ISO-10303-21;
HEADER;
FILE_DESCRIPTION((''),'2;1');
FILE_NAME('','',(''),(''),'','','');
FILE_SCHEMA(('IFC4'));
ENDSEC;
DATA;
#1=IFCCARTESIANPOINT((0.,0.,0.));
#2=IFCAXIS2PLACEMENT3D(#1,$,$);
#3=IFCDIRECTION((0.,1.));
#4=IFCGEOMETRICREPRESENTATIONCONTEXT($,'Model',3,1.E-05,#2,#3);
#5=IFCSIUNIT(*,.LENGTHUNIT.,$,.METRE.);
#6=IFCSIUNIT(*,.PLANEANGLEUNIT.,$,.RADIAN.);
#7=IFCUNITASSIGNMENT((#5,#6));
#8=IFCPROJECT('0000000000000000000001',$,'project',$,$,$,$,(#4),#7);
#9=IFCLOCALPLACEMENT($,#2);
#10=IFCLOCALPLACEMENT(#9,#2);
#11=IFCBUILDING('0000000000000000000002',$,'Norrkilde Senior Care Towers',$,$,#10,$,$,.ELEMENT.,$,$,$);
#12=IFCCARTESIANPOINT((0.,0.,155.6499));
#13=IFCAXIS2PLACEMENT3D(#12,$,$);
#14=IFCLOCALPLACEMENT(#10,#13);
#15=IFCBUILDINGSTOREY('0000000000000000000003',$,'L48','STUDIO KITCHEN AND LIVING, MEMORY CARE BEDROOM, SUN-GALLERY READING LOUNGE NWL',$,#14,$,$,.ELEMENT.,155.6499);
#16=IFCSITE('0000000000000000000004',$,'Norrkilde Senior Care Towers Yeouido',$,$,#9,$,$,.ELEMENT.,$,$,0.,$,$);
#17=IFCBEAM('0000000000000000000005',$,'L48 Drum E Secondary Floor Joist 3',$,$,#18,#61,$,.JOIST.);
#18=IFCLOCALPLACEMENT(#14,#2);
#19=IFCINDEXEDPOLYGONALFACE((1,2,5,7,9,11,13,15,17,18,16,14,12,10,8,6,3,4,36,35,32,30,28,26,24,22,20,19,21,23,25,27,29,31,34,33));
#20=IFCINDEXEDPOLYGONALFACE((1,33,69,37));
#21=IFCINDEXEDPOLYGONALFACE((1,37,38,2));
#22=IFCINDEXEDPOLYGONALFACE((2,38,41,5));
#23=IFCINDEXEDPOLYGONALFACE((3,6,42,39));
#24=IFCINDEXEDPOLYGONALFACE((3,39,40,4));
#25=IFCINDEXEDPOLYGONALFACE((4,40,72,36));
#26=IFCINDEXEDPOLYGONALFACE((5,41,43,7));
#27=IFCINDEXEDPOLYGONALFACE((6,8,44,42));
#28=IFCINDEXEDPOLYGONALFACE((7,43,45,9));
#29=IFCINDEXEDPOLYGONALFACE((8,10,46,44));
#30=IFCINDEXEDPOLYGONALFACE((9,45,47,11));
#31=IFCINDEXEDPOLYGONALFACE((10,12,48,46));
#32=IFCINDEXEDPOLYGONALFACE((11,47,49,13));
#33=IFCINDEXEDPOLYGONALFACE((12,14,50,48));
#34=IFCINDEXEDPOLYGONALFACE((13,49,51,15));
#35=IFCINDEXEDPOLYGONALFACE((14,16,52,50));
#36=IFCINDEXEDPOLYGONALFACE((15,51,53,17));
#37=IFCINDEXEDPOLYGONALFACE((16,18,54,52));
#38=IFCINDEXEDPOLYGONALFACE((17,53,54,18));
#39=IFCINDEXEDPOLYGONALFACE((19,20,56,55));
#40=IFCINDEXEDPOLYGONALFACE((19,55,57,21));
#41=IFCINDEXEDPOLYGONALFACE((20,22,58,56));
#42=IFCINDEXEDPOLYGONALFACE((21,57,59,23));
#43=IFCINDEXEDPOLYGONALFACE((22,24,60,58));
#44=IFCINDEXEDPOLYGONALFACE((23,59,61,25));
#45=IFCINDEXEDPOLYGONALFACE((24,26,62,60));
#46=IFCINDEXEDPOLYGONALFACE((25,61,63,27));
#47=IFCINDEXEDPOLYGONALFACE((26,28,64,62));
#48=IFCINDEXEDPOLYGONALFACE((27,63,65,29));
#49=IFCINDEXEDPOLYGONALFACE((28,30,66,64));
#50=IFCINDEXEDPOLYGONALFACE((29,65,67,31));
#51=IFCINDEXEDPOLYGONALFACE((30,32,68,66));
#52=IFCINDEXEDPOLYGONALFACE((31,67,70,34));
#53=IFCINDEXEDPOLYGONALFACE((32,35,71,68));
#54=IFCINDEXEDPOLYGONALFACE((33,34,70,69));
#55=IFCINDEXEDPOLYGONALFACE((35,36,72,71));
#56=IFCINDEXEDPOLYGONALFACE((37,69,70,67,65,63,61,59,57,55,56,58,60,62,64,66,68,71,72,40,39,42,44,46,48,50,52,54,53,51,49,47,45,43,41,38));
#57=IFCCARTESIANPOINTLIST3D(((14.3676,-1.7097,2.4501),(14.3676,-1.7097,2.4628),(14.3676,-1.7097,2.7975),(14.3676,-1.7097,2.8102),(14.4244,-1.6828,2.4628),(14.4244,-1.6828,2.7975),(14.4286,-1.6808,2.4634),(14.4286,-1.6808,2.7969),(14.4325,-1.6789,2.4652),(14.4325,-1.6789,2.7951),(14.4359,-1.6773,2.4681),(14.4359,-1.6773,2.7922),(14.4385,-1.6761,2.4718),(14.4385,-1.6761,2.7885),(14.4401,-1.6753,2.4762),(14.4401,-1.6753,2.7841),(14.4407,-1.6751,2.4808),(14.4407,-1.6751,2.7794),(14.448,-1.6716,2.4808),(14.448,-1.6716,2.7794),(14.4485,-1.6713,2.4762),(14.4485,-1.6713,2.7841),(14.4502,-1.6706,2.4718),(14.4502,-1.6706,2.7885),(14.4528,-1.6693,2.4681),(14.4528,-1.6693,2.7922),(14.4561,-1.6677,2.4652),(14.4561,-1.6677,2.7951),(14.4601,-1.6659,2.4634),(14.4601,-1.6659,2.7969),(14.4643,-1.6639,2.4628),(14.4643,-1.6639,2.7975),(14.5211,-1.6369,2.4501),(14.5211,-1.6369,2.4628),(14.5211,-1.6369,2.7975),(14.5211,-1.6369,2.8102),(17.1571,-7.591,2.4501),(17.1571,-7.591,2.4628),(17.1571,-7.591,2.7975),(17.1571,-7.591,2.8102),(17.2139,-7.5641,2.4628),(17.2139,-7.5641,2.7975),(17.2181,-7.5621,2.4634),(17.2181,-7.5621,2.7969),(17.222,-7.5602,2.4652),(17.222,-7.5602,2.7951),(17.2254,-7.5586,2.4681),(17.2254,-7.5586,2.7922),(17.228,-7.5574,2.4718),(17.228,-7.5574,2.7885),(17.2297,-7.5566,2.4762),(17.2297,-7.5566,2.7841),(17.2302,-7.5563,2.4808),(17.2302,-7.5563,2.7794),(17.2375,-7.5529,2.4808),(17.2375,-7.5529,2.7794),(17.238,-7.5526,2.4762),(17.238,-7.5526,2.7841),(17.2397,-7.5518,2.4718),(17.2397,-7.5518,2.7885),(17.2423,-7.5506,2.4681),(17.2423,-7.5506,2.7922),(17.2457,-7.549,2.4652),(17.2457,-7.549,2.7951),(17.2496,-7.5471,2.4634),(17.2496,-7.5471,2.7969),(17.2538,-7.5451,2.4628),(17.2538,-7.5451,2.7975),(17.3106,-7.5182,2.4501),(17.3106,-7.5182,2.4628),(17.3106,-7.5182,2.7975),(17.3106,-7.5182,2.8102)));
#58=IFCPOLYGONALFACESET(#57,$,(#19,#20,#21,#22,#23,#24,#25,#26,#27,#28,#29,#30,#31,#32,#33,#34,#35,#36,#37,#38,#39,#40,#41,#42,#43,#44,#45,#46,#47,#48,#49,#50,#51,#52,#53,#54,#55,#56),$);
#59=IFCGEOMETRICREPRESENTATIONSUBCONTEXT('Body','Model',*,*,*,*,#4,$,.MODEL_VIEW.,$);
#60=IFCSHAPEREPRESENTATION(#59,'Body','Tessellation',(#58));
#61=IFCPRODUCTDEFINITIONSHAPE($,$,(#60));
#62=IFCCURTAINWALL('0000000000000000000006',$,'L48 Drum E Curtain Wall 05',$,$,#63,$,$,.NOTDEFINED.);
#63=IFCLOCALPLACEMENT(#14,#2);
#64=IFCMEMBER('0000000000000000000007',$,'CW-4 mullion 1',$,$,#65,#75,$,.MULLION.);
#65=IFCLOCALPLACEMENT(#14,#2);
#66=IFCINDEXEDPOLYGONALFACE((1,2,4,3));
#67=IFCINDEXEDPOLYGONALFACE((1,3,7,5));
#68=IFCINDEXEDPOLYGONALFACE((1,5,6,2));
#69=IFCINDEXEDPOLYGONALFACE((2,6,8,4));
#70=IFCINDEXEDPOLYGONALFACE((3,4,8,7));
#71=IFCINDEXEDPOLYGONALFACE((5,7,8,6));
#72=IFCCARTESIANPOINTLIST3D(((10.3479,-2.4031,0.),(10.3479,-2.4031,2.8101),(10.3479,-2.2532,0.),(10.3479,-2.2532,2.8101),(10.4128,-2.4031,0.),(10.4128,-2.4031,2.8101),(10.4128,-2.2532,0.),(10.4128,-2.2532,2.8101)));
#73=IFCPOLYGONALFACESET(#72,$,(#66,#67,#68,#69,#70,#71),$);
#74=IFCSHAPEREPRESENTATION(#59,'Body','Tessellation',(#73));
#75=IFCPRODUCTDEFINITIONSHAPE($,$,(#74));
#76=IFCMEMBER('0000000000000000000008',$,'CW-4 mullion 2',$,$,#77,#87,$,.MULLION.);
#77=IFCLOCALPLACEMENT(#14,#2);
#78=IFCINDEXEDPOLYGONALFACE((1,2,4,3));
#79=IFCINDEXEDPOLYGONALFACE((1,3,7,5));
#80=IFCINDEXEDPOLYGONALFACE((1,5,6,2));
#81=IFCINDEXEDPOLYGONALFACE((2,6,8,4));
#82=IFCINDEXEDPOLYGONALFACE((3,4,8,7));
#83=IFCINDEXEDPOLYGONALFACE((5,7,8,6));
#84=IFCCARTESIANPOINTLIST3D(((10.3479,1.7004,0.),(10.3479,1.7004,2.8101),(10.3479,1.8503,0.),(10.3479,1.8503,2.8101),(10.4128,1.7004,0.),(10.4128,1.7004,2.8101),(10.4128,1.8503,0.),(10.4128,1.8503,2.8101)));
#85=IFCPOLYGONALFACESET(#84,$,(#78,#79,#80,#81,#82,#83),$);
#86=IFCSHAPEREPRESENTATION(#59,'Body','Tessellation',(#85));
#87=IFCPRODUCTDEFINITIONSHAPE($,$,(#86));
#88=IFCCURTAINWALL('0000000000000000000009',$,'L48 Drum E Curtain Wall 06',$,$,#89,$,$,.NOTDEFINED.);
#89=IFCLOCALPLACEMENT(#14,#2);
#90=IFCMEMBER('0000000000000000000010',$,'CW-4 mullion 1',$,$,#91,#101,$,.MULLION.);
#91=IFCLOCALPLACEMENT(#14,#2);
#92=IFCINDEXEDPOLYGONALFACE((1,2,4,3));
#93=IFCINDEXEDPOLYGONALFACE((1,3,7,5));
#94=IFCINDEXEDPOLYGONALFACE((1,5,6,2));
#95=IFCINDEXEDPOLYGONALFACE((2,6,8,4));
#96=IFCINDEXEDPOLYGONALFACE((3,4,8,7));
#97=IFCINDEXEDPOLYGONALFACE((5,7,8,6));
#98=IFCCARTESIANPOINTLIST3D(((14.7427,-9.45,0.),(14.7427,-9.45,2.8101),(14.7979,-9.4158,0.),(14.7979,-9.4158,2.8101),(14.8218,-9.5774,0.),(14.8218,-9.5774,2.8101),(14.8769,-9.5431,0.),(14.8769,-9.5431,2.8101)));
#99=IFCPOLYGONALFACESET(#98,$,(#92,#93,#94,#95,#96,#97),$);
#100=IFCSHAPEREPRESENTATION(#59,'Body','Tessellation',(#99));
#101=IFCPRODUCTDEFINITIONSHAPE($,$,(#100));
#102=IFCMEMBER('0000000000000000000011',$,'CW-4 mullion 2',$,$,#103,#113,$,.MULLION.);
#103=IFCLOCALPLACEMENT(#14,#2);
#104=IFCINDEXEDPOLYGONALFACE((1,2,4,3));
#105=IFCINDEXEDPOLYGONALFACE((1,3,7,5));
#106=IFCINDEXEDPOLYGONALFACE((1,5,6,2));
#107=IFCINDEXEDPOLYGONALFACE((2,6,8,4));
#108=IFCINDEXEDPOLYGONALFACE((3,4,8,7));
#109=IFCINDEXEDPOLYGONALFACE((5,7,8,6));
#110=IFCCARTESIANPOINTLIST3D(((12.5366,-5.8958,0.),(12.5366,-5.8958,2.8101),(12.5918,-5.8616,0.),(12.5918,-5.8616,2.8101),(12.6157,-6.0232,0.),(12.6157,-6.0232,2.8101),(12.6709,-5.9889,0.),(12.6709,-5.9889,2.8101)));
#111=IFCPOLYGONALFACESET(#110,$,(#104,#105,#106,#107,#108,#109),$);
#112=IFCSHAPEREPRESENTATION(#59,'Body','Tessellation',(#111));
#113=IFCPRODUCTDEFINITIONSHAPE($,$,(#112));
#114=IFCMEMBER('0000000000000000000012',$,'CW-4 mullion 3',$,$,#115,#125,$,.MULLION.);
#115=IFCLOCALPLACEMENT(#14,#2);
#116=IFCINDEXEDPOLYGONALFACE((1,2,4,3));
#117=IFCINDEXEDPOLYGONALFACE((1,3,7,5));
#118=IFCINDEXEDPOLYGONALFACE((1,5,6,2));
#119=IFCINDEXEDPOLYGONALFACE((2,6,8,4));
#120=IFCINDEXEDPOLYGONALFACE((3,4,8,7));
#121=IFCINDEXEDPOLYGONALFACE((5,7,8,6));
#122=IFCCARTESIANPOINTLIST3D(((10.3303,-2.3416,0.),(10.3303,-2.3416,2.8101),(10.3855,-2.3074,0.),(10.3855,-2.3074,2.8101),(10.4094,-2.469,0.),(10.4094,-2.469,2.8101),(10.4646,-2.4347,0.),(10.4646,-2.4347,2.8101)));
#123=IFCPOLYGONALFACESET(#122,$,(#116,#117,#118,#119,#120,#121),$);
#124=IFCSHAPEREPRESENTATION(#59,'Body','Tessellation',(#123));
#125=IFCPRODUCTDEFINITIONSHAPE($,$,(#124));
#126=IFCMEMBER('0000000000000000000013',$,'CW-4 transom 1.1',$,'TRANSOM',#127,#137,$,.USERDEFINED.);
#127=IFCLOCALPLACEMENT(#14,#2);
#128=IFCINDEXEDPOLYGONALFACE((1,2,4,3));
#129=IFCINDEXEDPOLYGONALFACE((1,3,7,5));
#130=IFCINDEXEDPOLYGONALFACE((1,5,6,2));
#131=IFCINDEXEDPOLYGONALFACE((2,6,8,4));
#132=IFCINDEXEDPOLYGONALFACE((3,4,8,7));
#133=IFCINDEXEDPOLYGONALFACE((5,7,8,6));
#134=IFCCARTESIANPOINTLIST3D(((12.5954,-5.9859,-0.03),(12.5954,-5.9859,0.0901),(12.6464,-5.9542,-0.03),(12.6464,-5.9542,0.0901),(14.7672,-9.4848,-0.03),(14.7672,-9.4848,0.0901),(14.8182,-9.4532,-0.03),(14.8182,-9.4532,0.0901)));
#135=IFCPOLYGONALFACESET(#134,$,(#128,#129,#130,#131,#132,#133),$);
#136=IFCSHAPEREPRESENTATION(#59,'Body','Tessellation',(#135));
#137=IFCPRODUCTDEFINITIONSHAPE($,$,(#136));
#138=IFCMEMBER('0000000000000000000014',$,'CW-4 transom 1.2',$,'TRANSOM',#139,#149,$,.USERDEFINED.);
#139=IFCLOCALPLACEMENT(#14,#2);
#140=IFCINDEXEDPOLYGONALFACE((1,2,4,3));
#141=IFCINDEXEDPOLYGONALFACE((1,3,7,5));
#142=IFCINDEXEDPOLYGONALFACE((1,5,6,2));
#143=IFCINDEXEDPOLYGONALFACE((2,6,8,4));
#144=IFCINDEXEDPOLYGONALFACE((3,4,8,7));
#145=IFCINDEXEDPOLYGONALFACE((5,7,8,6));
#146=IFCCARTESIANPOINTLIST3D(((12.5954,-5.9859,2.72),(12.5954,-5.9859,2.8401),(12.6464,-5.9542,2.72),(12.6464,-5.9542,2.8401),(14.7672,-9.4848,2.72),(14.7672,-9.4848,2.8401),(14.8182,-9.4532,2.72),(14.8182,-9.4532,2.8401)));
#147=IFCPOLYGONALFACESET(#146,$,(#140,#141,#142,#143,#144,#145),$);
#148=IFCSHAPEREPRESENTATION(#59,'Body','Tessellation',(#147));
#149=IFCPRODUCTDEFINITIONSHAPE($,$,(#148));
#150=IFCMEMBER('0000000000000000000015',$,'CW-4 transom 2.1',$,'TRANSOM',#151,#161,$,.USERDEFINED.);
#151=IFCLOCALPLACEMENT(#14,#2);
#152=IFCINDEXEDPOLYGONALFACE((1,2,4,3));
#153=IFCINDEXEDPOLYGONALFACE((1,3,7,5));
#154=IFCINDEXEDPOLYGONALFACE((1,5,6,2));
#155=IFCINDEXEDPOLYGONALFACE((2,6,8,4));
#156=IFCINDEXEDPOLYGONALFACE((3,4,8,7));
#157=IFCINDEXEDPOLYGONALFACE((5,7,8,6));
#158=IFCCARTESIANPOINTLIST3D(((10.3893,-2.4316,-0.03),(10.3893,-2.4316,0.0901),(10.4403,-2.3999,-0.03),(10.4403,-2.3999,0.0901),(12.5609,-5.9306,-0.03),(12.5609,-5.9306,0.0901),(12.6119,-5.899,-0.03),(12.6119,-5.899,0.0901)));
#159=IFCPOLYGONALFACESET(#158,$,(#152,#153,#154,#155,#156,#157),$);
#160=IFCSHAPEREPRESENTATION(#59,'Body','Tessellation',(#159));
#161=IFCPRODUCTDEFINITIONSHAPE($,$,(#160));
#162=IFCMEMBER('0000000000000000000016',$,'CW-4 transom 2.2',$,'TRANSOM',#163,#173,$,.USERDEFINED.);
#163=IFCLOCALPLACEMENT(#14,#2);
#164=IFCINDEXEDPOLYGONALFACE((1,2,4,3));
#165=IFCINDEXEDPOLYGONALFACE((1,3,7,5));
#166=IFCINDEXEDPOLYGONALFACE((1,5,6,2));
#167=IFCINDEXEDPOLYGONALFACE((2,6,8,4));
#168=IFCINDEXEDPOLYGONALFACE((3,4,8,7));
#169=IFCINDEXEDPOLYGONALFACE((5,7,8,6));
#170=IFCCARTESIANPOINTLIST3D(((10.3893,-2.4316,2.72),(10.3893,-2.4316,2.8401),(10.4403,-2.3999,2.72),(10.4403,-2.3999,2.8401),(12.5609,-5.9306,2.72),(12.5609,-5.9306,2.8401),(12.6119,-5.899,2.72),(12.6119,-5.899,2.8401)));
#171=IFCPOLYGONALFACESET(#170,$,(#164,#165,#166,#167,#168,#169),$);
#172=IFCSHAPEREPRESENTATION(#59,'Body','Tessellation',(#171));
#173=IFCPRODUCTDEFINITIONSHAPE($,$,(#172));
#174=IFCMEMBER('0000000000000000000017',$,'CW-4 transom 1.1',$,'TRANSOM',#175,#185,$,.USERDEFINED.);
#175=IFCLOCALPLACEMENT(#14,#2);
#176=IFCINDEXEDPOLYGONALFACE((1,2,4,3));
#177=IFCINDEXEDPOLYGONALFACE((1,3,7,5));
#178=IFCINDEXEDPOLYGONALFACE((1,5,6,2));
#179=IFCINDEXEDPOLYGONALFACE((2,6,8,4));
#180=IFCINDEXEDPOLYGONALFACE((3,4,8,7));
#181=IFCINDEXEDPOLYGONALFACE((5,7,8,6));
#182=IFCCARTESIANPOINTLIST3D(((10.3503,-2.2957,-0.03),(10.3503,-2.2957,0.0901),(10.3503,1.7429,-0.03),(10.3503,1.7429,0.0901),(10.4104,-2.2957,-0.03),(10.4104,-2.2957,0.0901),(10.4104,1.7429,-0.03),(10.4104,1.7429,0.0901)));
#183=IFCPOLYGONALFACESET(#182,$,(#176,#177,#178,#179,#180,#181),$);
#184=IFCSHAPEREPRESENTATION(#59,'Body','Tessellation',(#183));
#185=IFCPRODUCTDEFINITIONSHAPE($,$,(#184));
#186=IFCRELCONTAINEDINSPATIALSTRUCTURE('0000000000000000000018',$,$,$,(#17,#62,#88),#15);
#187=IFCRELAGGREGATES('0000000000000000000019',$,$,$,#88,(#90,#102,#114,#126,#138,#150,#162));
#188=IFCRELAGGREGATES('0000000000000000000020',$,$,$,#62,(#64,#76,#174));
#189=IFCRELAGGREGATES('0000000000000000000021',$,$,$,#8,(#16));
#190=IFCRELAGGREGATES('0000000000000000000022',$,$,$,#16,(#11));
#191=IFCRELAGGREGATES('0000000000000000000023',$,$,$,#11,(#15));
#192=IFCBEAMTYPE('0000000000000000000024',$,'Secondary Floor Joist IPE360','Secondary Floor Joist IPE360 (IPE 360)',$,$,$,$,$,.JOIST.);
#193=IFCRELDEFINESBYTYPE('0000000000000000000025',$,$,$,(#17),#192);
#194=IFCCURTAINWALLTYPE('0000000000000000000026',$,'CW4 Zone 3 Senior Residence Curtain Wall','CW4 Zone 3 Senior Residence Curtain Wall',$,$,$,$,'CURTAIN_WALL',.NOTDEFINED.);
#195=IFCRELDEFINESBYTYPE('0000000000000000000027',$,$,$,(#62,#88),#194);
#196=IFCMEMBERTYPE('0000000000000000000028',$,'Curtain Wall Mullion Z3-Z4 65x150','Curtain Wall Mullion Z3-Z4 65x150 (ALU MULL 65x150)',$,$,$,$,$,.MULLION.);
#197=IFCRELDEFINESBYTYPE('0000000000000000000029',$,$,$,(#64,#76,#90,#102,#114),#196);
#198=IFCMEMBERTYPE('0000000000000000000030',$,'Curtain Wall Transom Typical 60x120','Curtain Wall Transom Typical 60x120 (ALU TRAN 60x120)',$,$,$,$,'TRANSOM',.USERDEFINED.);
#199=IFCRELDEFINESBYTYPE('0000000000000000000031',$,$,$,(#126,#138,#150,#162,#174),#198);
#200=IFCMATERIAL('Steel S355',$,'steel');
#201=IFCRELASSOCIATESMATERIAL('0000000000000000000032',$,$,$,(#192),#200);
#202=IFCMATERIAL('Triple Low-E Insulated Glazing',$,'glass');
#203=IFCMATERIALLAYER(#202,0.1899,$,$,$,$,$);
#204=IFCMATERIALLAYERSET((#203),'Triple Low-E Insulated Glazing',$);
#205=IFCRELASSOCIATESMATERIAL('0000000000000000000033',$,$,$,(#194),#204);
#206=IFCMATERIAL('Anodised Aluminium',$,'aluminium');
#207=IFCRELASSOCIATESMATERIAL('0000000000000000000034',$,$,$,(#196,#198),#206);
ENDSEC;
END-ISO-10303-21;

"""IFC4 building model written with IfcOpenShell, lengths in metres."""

from ifc_helpers import new_model, si_unit, direction, frame, origin, origin_2d, place, context, subcontext, project, spatial, rectangle, i_section, extrude, source, transform, mapped, material, layer, layer_set, material_profile, profile_set, type_object, type_shapes, element, aggregate, save


model = new_model("IFC4")

# Units and contexts
model_context = context("Model", 3, precision=1e-05, world=origin(), true_north=direction((0.0, 1.0)))
body_context = subcontext(model_context, "Body", "Model", "MODEL_VIEW")
ifc_project = project(units=[si_unit("LENGTHUNIT", "METRE"), si_unit("PLANEANGLEUNIT", "RADIAN")], contexts=[model_context])

# Site, building, storey
site_placement = place(None, origin())
site = spatial("IfcSite", under=ifc_project, at=site_placement, Name="Norrkilde Senior Care Towers Yeouido", CompositionType="ELEMENT", RefElevation=0.0)
building_placement = place(site_placement, origin())
building = spatial("IfcBuilding", under=site, at=building_placement, Name="Norrkilde Senior Care Towers", CompositionType="ELEMENT")
storey_placement = place(building_placement, frame((0.0, 0.0, 155.6499)))
storey = spatial("IfcBuildingStorey", under=building, at=storey_placement, Name="L48", Description="STUDIO KITCHEN AND LIVING, MEMORY CARE BEDROOM, SUN-GALLERY READING LOUNGE NWL", CompositionType="ELEMENT", Elevation=155.6499)

# Beam
ifc_material_1 = material(Name="Steel S355", Category="steel")
ifc_material_profile_1 = material_profile(ifc_material_1, i_section(OverallWidth=0.1699, OverallDepth=0.3601, WebThickness=0.0081, FlangeThickness=0.0127, FilletRadius=0.0181, at=origin_2d()), Name="IPE 360")
ifc_profile_set_1 = profile_set([ifc_material_profile_1], Name="Steel S355")
beam_type_1 = type_object("IfcBeamType", Name="Secondary Floor Joist IPE360", Description="Secondary Floor Joist IPE360 (IPE 360)", PredefinedType="JOIST", material=ifc_profile_set_1)
shared_shape_1 = source(origin(), body_context, "Body", "SweptSolid", [
    extrude(i_section(OverallWidth=0.1699, OverallDepth=0.3601, WebThickness=0.0081, FlangeThickness=0.0127, FilletRadius=0.0181, at=origin_2d()), origin(), (0.0, 0.0, 1.0), 6.5093),
])
type_shapes(beam_type_1, [shared_shape_1])
beam_1_placement = place(storey_placement, frame((14.4443, -1.6733, 2.6301), z_axis=(0.428544, -0.903521, 0.0), x_axis=(0.903521, 0.428544, 0.0)))
element("IfcBeam", 1, at=beam_1_placement, inside=storey, type_object=beam_type_1, Name="L48 Drum E Secondary Floor Joist 3", PredefinedType="JOIST", context=body_context, shape_type="MappedRepresentation", body=[
    mapped(shared_shape_1, transform((0.0, 0.0, 0.0), x_axis=(1.0, 0.0, 0.0), y_axis=(0.0, 1.0, 0.0), z_axis=(0.0, 0.0, 1.0), scale=1.0)),
])

# Curtain walls, members
ifc_material_2 = material(Name="Triple Low-E Insulated Glazing", Category="glass")
ifc_layer_1 = layer(ifc_material_2, 0.1899)
ifc_layer_set_1 = layer_set([ifc_layer_1], Name="Triple Low-E Insulated Glazing")
curtain_wall_type = type_object("IfcCurtainWallType", Name="CW4 Zone 3 Senior Residence Curtain Wall", Description="CW4 Zone 3 Senior Residence Curtain Wall", ElementType="CURTAIN_WALL", PredefinedType="NOTDEFINED", material=ifc_layer_set_1)
curtain_wall_1_placement = place(storey_placement, origin())
curtain_wall_1 = element("IfcCurtainWall", 2, at=curtain_wall_1_placement, inside=storey, type_object=curtain_wall_type, Name="L48 Drum E Curtain Wall 05", PredefinedType="NOTDEFINED")
ifc_material_3 = material(Name="Anodised Aluminium", Category="aluminium")
ifc_material_profile_2 = material_profile(ifc_material_3, rectangle(XDim=0.0649, YDim=0.1499, at=origin_2d()), Name="ALU MULL 65x150")
ifc_profile_set_2 = profile_set([ifc_material_profile_2], Name="Anodised Aluminium")
member_type_1 = type_object("IfcMemberType", Name="Curtain Wall Mullion Z3-Z4 65x150", Description="Curtain Wall Mullion Z3-Z4 65x150 (ALU MULL 65x150)", PredefinedType="MULLION", material=ifc_profile_set_2)
shared_shape_2 = source(origin(), body_context, "Body", "SweptSolid", [
    extrude(rectangle(XDim=0.0649, YDim=0.1499, at=origin_2d()), origin(), (0.0, 0.0, 1.0), 2.8101),
])
type_shapes(member_type_1, [shared_shape_2])
member_1_placement = place(storey_placement, frame((10.3804, -2.3281, 0.0), z_axis=(0.0, 0.0, 1.0), x_axis=(-1.0, 0.0, 0.0)))
member_1 = element("IfcMember", 3, at=member_1_placement, type_object=member_type_1, Name="CW-4 mullion 1", PredefinedType="MULLION", context=body_context, shape_type="MappedRepresentation", body=[
    mapped(shared_shape_2, transform((0.0, 0.0, 0.0), x_axis=(1.0, 0.0, 0.0), y_axis=(0.0, 1.0, 0.0), z_axis=(0.0, 0.0, 1.0), scale=1.0)),
])
member_2_placement = place(storey_placement, frame((10.3804, 1.7754, 0.0), z_axis=(0.0, 0.0, 1.0), x_axis=(-1.0, 0.0, 0.0)))
member_2 = element("IfcMember", 4, at=member_2_placement, type_object=member_type_1, Name="CW-4 mullion 2", PredefinedType="MULLION", context=body_context, shape_type="MappedRepresentation", body=[
    mapped(shared_shape_2, transform((0.0, 0.0, 0.0), x_axis=(1.0, 0.0, 0.0), y_axis=(0.0, 1.0, 0.0), z_axis=(0.0, 0.0, 1.0), scale=1.0)),
])
curtain_wall_2_placement = place(storey_placement, origin())
curtain_wall_2 = element("IfcCurtainWall", 5, at=curtain_wall_2_placement, inside=storey, type_object=curtain_wall_type, Name="L48 Drum E Curtain Wall 06", PredefinedType="NOTDEFINED")
member_3_placement = place(storey_placement, frame((14.8098, -9.4966, 0.0), z_axis=(0.0, 0.0, 1.0), x_axis=(-0.849634, -0.527373, 0.0)))
member_3 = element("IfcMember", 6, at=member_3_placement, type_object=member_type_1, Name="CW-4 mullion 1", PredefinedType="MULLION", context=body_context, shape_type="MappedRepresentation", body=[
    mapped(shared_shape_2, transform((0.0, 0.0, 0.0), x_axis=(1.0, 0.0, 0.0), y_axis=(0.0, 1.0, 0.0), z_axis=(0.0, 0.0, 1.0), scale=1.0)),
])
member_4_placement = place(storey_placement, frame((12.6038, -5.9424, 0.0), z_axis=(0.0, 0.0, 1.0), x_axis=(-0.849634, -0.527373, 0.0)))
member_4 = element("IfcMember", 7, at=member_4_placement, type_object=member_type_1, Name="CW-4 mullion 2", PredefinedType="MULLION", context=body_context, shape_type="MappedRepresentation", body=[
    mapped(shared_shape_2, transform((0.0, 0.0, 0.0), x_axis=(1.0, 0.0, 0.0), y_axis=(0.0, 1.0, 0.0), z_axis=(0.0, 0.0, 1.0), scale=1.0)),
])
member_5_placement = place(storey_placement, frame((10.3975, -2.3882, 0.0), z_axis=(0.0, 0.0, 1.0), x_axis=(-0.849634, -0.527373, 0.0)))
member_5 = element("IfcMember", 8, at=member_5_placement, type_object=member_type_1, Name="CW-4 mullion 3", PredefinedType="MULLION", context=body_context, shape_type="MappedRepresentation", body=[
    mapped(shared_shape_2, transform((0.0, 0.0, 0.0), x_axis=(1.0, 0.0, 0.0), y_axis=(0.0, 1.0, 0.0), z_axis=(0.0, 0.0, 1.0), scale=1.0)),
])
ifc_material_profile_3 = material_profile(ifc_material_3, rectangle(XDim=0.0601, YDim=0.1201, at=origin_2d()), Name="ALU TRAN 60x120")
ifc_profile_set_3 = profile_set([ifc_material_profile_3], Name="Anodised Aluminium")
member_type_2 = type_object("IfcMemberType", Name="Curtain Wall Transom Typical 60x120", Description="Curtain Wall Transom Typical 60x120 (ALU TRAN 60x120)", ElementType="TRANSOM", PredefinedType="USERDEFINED", material=ifc_profile_set_3)
shared_shape_3 = source(origin(), body_context, "Body", "SweptSolid", [
    extrude(rectangle(XDim=0.0601, YDim=0.1201, at=origin_2d()), origin(), (0.0, 0.0, 1.0), 4.1182),
])
member_6_placement = place(storey_placement, frame((14.7927, -9.469, 0.03), z_axis=(-0.527375, 0.849633, 0.0), x_axis=(-0.849633, -0.527375, 0.0)))
member_6 = element("IfcMember", 9, at=member_6_placement, type_object=member_type_2, Name="CW-4 transom 1.1", ObjectType="TRANSOM", PredefinedType="USERDEFINED", context=body_context, shape_type="MappedRepresentation", body=[
    mapped(shared_shape_3, transform((0.0, 0.0, 0.0), x_axis=(1.0, 0.0, 0.0), y_axis=(0.0, 1.0, 0.0), z_axis=(0.0, 0.0, 1.0), scale=1.0)),
])
member_7_placement = place(storey_placement, frame((14.7927, -9.469, 2.78), z_axis=(-0.527375, 0.849633, 0.0), x_axis=(-0.849633, -0.527375, 0.0)))
member_7 = element("IfcMember", 10, at=member_7_placement, type_object=member_type_2, Name="CW-4 transom 1.2", ObjectType="TRANSOM", PredefinedType="USERDEFINED", context=body_context, shape_type="MappedRepresentation", body=[
    mapped(shared_shape_3, transform((0.0, 0.0, 0.0), x_axis=(1.0, 0.0, 0.0), y_axis=(0.0, 1.0, 0.0), z_axis=(0.0, 0.0, 1.0), scale=1.0)),
])
member_8_placement = place(storey_placement, frame((12.5864, -5.9148, 0.03), z_axis=(-0.527332, 0.849659, 0.0), x_axis=(-0.849659, -0.527332, 0.0)))
member_8 = element("IfcMember", 11, at=member_8_placement, type_object=member_type_2, Name="CW-4 transom 2.1", ObjectType="TRANSOM", PredefinedType="USERDEFINED", context=body_context, shape_type="MappedRepresentation", body=[
    mapped(shared_shape_3, transform((0.0, 0.0, 0.0), x_axis=(1.0, 0.0, 0.0), y_axis=(0.0, 1.0, 0.0), z_axis=(0.0, 0.0, 1.0), scale=1.0)),
])
member_9_placement = place(storey_placement, frame((12.5864, -5.9148, 2.78), z_axis=(-0.527332, 0.849659, 0.0), x_axis=(-0.849659, -0.527332, 0.0)))
member_9 = element("IfcMember", 12, at=member_9_placement, type_object=member_type_2, Name="CW-4 transom 2.2", ObjectType="TRANSOM", PredefinedType="USERDEFINED", context=body_context, shape_type="MappedRepresentation", body=[
    mapped(shared_shape_3, transform((0.0, 0.0, 0.0), x_axis=(1.0, 0.0, 0.0), y_axis=(0.0, 1.0, 0.0), z_axis=(0.0, 0.0, 1.0), scale=1.0)),
])

# Member
shared_shape_4 = source(origin(), body_context, "Body", "SweptSolid", [
    extrude(rectangle(XDim=0.0601, YDim=0.1201, at=origin_2d()), origin(), (0.0, 0.0, 1.0), 4.0386),
])
member_10_placement = place(storey_placement, frame((10.3804, -2.2957, 0.03), z_axis=(0.0, 1.0, 0.0), x_axis=(-1.0, 0.0, 0.0)))
member_10 = element("IfcMember", 13, at=member_10_placement, type_object=member_type_2, Name="CW-4 transom 1.1", ObjectType="TRANSOM", PredefinedType="USERDEFINED", context=body_context, shape_type="MappedRepresentation", body=[
    mapped(shared_shape_4, transform((0.0, 0.0, 0.0), x_axis=(1.0, 0.0, 0.0), y_axis=(0.0, 1.0, 0.0), z_axis=(0.0, 0.0, 1.0), scale=1.0)),
])

aggregate(curtain_wall_2, [member_3, member_4, member_5, member_6, member_7, member_8, member_9])
aggregate(curtain_wall_1, [member_1, member_2, member_10])

save(model, "model.ifc")
